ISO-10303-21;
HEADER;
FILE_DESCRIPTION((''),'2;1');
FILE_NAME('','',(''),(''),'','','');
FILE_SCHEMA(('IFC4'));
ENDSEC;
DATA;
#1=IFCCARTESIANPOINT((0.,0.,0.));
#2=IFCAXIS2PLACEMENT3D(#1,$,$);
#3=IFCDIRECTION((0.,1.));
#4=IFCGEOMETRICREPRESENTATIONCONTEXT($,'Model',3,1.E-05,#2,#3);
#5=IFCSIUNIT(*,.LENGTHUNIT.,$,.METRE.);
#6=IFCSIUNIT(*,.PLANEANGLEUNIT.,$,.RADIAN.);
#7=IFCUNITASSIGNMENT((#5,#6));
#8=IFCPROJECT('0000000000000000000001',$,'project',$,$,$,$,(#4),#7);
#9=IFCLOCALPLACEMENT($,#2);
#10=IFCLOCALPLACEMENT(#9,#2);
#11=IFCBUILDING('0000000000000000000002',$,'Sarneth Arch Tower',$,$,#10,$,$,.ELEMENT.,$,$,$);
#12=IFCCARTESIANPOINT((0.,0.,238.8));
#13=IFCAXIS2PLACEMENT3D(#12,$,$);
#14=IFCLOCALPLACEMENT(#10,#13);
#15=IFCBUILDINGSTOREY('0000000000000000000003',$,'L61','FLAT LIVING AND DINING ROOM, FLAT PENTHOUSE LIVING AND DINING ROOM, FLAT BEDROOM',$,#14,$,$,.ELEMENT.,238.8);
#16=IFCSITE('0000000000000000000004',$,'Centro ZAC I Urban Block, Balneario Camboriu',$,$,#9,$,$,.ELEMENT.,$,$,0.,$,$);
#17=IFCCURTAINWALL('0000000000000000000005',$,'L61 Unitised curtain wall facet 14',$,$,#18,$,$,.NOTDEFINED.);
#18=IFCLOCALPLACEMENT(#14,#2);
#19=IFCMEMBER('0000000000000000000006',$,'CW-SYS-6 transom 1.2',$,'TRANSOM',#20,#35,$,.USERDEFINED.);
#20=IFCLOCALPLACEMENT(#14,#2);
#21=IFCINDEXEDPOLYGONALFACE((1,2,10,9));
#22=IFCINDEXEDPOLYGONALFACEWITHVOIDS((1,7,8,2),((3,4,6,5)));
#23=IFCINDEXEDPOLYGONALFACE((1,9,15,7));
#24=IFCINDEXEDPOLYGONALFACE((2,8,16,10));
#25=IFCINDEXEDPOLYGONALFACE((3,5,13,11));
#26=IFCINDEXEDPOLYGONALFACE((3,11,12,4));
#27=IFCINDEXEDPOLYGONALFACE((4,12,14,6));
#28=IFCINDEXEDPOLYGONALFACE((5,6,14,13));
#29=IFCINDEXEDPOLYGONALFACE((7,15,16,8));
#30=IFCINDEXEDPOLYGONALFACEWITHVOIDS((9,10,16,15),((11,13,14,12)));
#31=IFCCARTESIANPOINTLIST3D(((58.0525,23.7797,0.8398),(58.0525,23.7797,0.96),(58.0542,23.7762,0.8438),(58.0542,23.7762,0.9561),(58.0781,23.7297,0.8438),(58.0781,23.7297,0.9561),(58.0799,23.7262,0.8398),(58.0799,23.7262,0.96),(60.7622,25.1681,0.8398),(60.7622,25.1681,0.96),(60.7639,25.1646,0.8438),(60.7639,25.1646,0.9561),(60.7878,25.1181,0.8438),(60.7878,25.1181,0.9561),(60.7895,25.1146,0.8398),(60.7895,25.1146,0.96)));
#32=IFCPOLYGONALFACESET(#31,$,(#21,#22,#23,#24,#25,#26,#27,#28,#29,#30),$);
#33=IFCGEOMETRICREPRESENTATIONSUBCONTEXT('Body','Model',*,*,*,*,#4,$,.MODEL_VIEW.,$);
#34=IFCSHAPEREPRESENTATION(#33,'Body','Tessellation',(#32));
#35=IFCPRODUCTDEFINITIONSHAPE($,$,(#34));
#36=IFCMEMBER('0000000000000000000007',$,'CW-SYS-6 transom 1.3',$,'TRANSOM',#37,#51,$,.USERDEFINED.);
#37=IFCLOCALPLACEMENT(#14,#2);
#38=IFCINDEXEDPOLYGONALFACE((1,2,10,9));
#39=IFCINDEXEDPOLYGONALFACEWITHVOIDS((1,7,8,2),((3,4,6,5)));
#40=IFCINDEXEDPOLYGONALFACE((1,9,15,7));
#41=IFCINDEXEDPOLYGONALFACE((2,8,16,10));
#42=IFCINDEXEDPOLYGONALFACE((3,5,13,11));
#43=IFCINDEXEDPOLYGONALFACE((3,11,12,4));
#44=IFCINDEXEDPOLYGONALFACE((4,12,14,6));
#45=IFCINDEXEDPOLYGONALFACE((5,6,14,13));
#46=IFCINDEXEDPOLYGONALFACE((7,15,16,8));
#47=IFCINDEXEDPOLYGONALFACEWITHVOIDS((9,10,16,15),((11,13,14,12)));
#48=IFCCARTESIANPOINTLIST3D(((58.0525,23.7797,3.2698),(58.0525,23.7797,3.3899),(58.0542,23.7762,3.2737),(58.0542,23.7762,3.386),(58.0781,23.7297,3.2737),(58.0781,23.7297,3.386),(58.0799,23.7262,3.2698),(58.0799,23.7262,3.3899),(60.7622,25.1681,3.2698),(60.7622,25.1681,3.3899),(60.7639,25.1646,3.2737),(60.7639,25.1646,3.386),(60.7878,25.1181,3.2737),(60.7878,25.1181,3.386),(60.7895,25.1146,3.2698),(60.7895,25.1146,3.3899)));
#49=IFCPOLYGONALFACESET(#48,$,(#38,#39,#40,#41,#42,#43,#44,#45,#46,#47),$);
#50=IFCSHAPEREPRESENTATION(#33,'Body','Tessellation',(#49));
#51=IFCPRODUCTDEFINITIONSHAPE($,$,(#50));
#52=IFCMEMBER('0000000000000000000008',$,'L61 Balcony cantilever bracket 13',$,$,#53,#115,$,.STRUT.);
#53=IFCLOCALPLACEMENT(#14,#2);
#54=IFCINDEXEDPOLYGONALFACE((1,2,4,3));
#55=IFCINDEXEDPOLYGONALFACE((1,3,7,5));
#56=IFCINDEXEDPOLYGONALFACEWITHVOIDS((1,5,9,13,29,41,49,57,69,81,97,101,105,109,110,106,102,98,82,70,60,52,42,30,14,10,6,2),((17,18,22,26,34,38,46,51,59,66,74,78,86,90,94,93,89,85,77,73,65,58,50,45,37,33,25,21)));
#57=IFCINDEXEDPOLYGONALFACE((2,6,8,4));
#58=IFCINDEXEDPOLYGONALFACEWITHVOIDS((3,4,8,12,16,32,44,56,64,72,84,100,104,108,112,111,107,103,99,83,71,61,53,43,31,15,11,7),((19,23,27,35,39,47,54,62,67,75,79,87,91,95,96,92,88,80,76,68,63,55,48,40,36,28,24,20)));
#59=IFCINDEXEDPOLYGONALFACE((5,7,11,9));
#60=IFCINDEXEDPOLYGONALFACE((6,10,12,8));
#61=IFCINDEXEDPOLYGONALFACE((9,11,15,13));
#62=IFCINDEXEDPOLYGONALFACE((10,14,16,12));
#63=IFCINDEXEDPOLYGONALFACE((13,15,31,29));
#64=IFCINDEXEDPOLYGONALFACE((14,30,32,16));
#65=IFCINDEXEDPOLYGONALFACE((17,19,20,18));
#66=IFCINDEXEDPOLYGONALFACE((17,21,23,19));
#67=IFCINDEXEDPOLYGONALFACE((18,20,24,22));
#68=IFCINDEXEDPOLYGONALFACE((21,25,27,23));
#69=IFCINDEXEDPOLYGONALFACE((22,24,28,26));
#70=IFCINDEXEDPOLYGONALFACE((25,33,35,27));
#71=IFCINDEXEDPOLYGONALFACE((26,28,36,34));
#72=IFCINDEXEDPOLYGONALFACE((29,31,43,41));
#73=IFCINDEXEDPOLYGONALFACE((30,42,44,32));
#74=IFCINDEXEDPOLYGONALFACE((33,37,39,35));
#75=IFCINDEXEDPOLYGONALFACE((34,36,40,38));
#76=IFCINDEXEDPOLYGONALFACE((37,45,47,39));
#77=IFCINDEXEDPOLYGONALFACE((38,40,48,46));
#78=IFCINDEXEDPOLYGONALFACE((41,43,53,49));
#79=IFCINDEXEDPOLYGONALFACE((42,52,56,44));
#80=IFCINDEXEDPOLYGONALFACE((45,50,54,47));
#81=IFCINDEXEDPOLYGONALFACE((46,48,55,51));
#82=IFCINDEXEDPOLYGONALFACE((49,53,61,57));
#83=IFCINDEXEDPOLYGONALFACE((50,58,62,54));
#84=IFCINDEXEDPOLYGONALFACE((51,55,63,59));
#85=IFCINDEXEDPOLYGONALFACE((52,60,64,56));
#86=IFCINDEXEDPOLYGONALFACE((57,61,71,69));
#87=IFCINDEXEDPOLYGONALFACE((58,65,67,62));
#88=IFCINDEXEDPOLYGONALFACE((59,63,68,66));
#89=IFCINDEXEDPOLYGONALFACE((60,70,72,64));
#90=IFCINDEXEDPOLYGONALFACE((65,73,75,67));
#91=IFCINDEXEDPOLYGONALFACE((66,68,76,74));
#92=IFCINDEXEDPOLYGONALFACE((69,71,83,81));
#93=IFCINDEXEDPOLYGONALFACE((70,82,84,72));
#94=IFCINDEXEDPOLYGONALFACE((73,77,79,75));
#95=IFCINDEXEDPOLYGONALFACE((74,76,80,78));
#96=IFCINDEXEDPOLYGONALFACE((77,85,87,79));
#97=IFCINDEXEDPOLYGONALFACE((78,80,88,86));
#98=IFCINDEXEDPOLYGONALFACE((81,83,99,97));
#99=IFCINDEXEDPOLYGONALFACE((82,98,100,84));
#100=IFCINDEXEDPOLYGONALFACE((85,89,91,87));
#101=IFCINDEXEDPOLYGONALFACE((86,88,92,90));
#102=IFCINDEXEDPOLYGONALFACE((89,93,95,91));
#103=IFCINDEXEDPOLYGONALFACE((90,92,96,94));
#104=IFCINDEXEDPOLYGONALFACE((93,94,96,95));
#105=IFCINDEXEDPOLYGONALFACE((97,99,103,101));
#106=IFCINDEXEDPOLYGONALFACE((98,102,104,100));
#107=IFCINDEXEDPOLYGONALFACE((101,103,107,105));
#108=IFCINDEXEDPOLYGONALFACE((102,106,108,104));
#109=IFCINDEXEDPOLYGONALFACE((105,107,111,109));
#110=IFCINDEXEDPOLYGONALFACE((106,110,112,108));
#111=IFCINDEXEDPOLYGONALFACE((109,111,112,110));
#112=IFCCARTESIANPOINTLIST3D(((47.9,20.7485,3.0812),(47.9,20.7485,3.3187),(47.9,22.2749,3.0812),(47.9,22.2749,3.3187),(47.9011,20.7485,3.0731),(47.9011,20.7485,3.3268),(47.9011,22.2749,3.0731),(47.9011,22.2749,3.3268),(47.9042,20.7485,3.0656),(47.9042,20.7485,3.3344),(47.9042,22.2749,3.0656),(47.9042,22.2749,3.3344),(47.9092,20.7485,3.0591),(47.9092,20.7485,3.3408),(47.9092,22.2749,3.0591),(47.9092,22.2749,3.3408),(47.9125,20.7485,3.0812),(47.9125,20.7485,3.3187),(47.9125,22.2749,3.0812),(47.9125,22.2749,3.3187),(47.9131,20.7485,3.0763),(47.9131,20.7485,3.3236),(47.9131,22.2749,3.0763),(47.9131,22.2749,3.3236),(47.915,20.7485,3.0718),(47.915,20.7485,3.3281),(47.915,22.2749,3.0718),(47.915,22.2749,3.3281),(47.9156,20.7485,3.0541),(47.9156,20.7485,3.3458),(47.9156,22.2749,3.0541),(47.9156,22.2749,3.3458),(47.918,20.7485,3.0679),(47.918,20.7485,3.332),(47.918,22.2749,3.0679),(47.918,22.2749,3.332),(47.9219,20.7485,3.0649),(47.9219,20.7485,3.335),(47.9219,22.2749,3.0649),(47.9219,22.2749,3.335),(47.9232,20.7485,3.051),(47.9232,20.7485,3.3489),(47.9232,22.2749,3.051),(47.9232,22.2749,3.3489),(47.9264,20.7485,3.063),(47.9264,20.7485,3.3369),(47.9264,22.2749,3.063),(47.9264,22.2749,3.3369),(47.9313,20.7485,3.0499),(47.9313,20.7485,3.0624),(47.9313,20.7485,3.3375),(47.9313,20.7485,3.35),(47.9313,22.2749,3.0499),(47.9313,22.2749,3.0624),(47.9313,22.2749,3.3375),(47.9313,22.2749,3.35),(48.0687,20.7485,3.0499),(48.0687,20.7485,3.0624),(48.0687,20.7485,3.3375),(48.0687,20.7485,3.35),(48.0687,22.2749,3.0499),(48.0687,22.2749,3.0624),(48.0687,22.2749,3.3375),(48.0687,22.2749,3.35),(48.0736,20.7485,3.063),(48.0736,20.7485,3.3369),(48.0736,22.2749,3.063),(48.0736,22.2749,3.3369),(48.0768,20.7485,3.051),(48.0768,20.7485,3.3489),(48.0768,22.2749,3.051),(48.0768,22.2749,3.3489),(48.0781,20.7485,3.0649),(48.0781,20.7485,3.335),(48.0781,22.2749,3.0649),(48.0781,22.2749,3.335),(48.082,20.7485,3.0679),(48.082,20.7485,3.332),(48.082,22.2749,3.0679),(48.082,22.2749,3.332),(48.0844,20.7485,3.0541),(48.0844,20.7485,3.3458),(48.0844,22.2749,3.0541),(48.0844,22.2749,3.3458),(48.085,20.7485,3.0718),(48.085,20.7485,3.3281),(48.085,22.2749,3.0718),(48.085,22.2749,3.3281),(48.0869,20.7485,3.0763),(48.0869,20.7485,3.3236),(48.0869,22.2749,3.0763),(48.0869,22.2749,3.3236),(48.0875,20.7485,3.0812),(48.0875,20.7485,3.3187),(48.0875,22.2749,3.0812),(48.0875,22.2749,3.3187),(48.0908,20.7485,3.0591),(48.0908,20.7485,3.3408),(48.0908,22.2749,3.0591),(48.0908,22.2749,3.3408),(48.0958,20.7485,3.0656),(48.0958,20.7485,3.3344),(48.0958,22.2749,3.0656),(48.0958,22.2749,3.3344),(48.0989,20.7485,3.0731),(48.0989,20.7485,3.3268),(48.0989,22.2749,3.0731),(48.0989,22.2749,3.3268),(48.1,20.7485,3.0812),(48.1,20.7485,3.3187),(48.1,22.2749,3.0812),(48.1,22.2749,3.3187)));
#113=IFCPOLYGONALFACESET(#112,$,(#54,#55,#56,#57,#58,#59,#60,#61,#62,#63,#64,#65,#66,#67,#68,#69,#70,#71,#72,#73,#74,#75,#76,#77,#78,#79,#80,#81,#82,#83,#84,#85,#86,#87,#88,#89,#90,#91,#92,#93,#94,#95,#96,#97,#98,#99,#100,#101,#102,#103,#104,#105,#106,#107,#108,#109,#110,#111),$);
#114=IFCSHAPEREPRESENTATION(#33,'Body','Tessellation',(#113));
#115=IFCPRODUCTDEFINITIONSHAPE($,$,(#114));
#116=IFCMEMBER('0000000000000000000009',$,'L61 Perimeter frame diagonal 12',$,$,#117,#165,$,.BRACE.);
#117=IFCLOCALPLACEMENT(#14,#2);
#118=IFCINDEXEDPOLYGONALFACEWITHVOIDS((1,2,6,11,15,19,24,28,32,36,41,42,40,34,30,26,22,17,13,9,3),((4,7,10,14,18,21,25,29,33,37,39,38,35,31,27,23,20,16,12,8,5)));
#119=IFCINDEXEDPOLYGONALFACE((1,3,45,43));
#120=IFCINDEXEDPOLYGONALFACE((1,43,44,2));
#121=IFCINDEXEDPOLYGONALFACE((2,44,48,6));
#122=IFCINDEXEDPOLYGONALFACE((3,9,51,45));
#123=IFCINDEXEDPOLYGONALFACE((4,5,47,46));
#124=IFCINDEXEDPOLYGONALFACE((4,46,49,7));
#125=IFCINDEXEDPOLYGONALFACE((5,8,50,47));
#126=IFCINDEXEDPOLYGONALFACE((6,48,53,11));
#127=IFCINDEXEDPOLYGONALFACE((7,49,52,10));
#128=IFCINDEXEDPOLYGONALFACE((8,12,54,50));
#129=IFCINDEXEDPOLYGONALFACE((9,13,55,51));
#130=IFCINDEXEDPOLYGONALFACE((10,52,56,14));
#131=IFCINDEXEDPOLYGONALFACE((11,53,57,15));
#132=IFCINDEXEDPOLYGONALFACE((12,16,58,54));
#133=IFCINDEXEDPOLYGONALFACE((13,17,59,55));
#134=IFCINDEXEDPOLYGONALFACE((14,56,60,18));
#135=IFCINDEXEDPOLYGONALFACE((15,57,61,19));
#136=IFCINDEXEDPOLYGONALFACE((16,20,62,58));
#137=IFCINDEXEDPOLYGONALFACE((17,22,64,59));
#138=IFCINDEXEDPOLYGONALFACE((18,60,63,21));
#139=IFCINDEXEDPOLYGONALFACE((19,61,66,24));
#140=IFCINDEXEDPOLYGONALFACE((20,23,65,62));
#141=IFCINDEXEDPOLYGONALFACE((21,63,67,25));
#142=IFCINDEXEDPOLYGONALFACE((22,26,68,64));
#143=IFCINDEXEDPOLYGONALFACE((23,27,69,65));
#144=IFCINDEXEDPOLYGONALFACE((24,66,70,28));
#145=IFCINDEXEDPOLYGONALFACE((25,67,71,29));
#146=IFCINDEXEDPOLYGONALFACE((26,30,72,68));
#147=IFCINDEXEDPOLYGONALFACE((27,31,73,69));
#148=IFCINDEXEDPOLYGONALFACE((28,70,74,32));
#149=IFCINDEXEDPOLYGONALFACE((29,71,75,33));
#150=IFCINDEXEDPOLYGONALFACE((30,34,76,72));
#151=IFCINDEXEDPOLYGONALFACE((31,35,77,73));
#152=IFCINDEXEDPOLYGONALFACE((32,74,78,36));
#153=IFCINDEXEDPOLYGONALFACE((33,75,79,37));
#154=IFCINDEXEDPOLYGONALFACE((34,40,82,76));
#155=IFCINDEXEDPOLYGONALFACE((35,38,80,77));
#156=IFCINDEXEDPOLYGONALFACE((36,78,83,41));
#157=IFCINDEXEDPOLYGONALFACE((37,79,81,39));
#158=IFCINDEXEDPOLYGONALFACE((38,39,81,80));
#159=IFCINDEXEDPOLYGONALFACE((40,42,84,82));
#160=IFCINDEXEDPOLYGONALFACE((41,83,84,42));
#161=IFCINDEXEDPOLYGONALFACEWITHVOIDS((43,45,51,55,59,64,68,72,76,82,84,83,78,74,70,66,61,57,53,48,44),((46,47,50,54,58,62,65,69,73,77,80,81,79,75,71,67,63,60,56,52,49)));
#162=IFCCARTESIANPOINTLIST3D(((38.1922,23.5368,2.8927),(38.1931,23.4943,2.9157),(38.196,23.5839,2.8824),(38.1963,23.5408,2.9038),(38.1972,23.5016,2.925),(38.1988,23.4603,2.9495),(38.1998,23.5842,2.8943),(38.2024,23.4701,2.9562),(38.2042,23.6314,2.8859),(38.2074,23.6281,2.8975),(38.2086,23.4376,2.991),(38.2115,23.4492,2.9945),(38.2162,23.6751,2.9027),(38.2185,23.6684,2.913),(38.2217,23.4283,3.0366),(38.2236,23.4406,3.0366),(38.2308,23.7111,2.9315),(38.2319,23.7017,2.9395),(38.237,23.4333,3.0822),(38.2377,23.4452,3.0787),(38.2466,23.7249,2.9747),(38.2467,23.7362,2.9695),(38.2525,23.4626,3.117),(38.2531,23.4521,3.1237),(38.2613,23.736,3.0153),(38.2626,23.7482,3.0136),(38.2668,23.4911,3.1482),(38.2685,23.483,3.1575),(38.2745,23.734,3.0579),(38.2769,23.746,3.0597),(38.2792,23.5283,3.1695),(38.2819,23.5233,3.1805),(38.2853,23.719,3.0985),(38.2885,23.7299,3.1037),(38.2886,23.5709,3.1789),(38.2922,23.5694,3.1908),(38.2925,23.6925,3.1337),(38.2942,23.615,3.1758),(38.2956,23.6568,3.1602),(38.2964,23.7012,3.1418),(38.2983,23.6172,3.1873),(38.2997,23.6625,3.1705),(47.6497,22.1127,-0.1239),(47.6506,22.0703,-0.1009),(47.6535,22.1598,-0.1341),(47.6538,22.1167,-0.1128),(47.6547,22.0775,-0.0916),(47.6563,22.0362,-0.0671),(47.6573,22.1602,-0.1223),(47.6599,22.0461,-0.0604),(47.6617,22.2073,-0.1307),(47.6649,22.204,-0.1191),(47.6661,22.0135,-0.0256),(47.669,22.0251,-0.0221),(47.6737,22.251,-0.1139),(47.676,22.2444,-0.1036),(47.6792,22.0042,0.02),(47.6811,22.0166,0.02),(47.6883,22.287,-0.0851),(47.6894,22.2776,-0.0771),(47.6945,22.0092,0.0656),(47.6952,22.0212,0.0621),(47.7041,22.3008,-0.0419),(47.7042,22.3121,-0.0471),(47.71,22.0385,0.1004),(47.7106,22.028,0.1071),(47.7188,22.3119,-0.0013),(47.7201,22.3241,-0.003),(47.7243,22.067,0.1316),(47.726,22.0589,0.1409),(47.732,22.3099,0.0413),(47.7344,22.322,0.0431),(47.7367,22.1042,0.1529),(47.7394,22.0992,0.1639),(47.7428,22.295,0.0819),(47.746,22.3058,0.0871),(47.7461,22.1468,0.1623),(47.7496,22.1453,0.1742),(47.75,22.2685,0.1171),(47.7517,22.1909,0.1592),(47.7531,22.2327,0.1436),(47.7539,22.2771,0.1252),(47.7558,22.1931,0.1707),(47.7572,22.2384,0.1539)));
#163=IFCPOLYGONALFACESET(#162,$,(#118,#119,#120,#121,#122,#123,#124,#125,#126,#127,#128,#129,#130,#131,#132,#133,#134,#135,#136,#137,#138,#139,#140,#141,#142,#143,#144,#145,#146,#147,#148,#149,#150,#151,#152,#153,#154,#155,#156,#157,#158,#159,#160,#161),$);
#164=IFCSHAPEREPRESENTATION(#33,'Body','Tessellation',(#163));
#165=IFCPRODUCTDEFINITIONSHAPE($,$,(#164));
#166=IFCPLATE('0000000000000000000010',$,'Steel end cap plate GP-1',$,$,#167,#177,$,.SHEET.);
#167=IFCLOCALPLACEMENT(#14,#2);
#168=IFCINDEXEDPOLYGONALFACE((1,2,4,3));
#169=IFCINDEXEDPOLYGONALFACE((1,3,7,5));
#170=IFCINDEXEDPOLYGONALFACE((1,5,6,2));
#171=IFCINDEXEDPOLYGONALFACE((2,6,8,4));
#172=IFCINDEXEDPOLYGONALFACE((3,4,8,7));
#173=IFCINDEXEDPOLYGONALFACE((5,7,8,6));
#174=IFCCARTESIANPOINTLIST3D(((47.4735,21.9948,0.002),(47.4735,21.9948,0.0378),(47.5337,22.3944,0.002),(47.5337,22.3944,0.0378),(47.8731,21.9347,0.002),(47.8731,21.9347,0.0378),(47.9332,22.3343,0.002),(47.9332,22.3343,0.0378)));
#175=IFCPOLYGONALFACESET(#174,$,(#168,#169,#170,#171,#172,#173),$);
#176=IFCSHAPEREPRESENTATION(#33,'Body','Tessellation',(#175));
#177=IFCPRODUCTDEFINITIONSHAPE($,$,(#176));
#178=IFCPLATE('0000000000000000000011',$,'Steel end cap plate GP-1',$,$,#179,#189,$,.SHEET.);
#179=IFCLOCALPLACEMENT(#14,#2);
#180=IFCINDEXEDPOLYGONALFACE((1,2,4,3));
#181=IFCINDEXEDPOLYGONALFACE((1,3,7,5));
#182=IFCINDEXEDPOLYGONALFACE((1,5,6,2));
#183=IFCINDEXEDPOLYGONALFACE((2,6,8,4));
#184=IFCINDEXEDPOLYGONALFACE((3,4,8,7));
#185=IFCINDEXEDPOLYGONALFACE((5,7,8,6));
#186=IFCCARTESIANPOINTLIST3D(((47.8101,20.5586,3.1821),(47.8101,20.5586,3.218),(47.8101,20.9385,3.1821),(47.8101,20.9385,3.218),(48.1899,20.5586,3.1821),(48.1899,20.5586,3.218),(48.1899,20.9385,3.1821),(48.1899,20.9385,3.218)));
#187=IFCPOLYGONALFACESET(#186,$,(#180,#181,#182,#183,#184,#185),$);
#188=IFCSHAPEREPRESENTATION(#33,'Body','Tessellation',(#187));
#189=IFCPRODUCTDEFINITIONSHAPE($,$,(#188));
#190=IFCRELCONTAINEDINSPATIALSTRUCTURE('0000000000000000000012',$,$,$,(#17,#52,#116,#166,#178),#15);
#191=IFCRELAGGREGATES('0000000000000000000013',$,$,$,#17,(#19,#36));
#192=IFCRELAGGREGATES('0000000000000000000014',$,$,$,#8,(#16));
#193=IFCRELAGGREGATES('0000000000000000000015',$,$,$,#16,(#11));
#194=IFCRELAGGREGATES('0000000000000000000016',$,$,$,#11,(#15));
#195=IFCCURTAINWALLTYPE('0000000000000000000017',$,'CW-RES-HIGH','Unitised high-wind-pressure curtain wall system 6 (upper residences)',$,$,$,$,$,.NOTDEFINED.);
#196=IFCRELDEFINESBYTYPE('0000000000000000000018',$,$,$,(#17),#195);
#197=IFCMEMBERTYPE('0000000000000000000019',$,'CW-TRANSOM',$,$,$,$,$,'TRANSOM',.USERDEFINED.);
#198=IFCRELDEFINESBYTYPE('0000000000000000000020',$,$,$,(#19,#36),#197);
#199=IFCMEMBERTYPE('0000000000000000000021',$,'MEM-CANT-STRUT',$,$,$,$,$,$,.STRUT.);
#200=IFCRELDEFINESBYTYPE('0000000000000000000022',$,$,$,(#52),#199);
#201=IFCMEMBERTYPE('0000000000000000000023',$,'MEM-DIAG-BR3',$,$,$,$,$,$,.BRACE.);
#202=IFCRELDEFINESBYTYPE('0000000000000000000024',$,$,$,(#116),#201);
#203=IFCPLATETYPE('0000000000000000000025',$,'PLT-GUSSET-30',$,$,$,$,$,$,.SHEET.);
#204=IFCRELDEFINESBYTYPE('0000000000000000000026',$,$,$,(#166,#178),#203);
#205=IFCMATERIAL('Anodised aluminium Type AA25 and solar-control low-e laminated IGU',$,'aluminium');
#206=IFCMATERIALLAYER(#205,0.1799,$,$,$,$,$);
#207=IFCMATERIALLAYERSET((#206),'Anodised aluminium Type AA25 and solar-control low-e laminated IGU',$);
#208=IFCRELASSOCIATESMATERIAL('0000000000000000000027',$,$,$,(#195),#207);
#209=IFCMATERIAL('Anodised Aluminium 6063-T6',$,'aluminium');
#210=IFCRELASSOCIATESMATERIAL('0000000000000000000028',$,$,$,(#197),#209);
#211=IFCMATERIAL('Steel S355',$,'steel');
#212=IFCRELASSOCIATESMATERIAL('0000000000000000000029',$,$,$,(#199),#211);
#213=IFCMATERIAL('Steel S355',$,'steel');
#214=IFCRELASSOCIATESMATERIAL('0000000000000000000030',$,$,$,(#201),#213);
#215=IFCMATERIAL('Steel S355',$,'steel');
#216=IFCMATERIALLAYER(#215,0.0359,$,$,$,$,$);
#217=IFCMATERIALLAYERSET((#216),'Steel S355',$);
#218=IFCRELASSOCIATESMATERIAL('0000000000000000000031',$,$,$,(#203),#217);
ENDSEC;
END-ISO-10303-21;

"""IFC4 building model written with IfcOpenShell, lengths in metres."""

from ifc_helpers import new_model, si_unit, direction, frame, origin, origin_2d, place, context, subcontext, project, spatial, rectangle, hollow_rectangle, hollow_circle, extrude, material, layer, layer_set, material_profile, profile_set, type_object, element, aggregate, save


model = new_model("IFC4")

# Units and contexts
model_context = context("Model", 3, precision=1e-05, world=origin(), true_north=direction((0.0, 1.0)))
body_context = subcontext(model_context, "Body", "Model", "MODEL_VIEW")
ifc_project = project(units=[si_unit("LENGTHUNIT", "METRE"), si_unit("PLANEANGLEUNIT", "RADIAN")], contexts=[model_context])

# Site, building, storey
site_placement = place(None, origin())
site = spatial("IfcSite", under=ifc_project, at=site_placement, Name="Centro ZAC I Urban Block, Balneario Camboriu", CompositionType="ELEMENT", RefElevation=0.0)
building_placement = place(site_placement, origin())
building = spatial("IfcBuilding", under=site, at=building_placement, Name="Sarneth Arch Tower", CompositionType="ELEMENT")
storey_placement = place(building_placement, frame((0.0, 0.0, 238.8)))
storey = spatial("IfcBuildingStorey", under=building, at=storey_placement, Name="L61", Description="FLAT LIVING AND DINING ROOM, FLAT PENTHOUSE LIVING AND DINING ROOM, FLAT BEDROOM", CompositionType="ELEMENT", Elevation=238.8)

# Curtain wall, members
ifc_material_1 = material(Name="Anodised aluminium Type AA25 and solar-control low-e laminated IGU", Category="aluminium")
ifc_layer_1 = layer(ifc_material_1, 0.1799)
ifc_layer_set_1 = layer_set([ifc_layer_1], Name="Anodised aluminium Type AA25 and solar-control low-e laminated IGU")
curtain_wall_type = type_object("IfcCurtainWallType", Name="CW-RES-HIGH", Description="Unitised high-wind-pressure curtain wall system 6 (upper residences)", PredefinedType="NOTDEFINED", material=ifc_layer_set_1)
curtain_wall_placement = place(storey_placement, origin())
curtain_wall = element("IfcCurtainWall", 1, at=curtain_wall_placement, inside=storey, type_object=curtain_wall_type, Name="L61 Unitised curtain wall facet 14", PredefinedType="NOTDEFINED")
ifc_material_2 = material(Name="Anodised Aluminium 6063-T6", Category="aluminium")
ifc_material_profile_1 = material_profile(ifc_material_2, hollow_rectangle(XDim=0.0601, YDim=0.1201, WallThickness=0.0039, at=origin_2d()), Name="AL-TRAN-120x60x4")
ifc_profile_set_1 = profile_set([ifc_material_profile_1], Name="Anodised Aluminium 6063-T6")
member_type_1 = type_object("IfcMemberType", Name="CW-TRANSOM", ElementType="TRANSOM", PredefinedType="USERDEFINED", material=ifc_profile_set_1)
member_1_placement = place(storey_placement, frame((58.0662, 23.7529, 0.8999), z_axis=(0.889974, 0.456012, 0.0), x_axis=(-0.456012, 0.889974, 0.0)))
member_1 = element("IfcMember", 2, at=member_1_placement, type_object=member_type_1, Name="CW-SYS-6 transom 1.2", ObjectType="TRANSOM", PredefinedType="USERDEFINED", context=body_context, shape_type="SweptSolid", body=[
    extrude(hollow_rectangle(XDim=0.0601, YDim=0.1201, WallThickness=0.0039, at=origin_2d()), origin(), (0.0, 0.0, 1.0), 3.0447),
])
member_2_placement = place(storey_placement, frame((58.0662, 23.7529, 3.3298), z_axis=(0.889974, 0.456012, 0.0), x_axis=(-0.456012, 0.889974, 0.0)))
member_2 = element("IfcMember", 3, at=member_2_placement, type_object=member_type_1, Name="CW-SYS-6 transom 1.3", ObjectType="TRANSOM", PredefinedType="USERDEFINED", context=body_context, shape_type="SweptSolid", body=[
    extrude(hollow_rectangle(XDim=0.0601, YDim=0.1201, WallThickness=0.0039, at=origin_2d()), origin(), (0.0, 0.0, 1.0), 3.0447),
])
aggregate(curtain_wall, [member_1, member_2])

# Members
ifc_material_3 = material(Name="Steel S355", Category="steel")
ifc_material_profile_2 = material_profile(ifc_material_3, hollow_rectangle(XDim=0.2, YDim=0.3, WallThickness=0.0125, InnerFilletRadius=0.0188, OuterFilletRadius=0.0312, at=origin_2d()), Name="RHS300x200x12.5")
ifc_profile_set_2 = profile_set([ifc_material_profile_2], Name="Steel S355")
member_type_2 = type_object("IfcMemberType", Name="MEM-CANT-STRUT", PredefinedType="STRUT", material=ifc_profile_set_2)
member_3_placement = place(storey_placement, frame((48.0, 22.2749, 3.2), z_axis=(0.0, -1.0, 0.0), x_axis=(1.0, 0.0, 0.0)))
element("IfcMember", 4, at=member_3_placement, inside=storey, type_object=member_type_2, Name="L61 Balcony cantilever bracket 13", PredefinedType="STRUT", context=body_context, shape_type="SweptSolid", body=[
    extrude(hollow_rectangle(XDim=0.2, YDim=0.3, WallThickness=0.0125, InnerFilletRadius=0.0188, OuterFilletRadius=0.0312, at=origin_2d()), origin(), (0.0, 0.0, 1.0), 1.5264),
])
ifc_material_4 = material(Name="Steel S355", Category="steel")
ifc_material_profile_3 = material_profile(ifc_material_4, hollow_circle(Radius=0.1621, WallThickness=0.0125, at=origin_2d()), Name="CHS324x12.5")
ifc_profile_set_3 = profile_set([ifc_material_profile_3], Name="Steel S355")
member_type_3 = type_object("IfcMemberType", Name="MEM-DIAG-BR3", PredefinedType="BRACE", material=ifc_profile_set_3)
member_4_placement = place(storey_placement, frame((47.7034, 22.1646, 0.02), z_axis=(-0.943056, 0.142001, 0.3008), x_axis=(-0.148897, -0.988853, 0.0)))
element("IfcMember", 5, at=member_4_placement, inside=storey, type_object=member_type_3, Name="L61 Perimeter frame diagonal 12", PredefinedType="BRACE", context=body_context, shape_type="SweptSolid", body=[
    extrude(hollow_circle(Radius=0.1621, WallThickness=0.0125, at=origin_2d()), origin(), (0.0, 0.0, 1.0), 10.0286),
])

# Plates
ifc_material_5 = material(Name="Steel S355", Category="steel")
ifc_layer_2 = layer(ifc_material_5, 0.0359)
ifc_layer_set_2 = layer_set([ifc_layer_2], Name="Steel S355")
plate_type = type_object("IfcPlateType", Name="PLT-GUSSET-30", PredefinedType="SHEET", material=ifc_layer_set_2)
plate_1_placement = place(storey_placement, frame((47.7034, 22.1646, 0.002), z_axis=(0.0, 0.0, 1.0), x_axis=(0.988861, -0.148845, 0.0)))
element("IfcPlate", 6, at=plate_1_placement, inside=storey, type_object=plate_type, Name="Steel end cap plate GP-1", PredefinedType="SHEET", context=body_context, shape_type="SweptSolid", body=[
    extrude(rectangle(XDim=0.4041, YDim=0.4041, at=origin_2d()), origin(), (0.0, 0.0, 1.0), 0.0359),
])
plate_2_placement = place(storey_placement, frame((48.0, 20.7485, 3.1821), z_axis=(0.0, 0.0, 1.0), x_axis=(0.0, -1.0, 0.0)))
element("IfcPlate", 7, at=plate_2_placement, inside=storey, type_object=plate_type, Name="Steel end cap plate GP-1", PredefinedType="SHEET", context=body_context, shape_type="SweptSolid", body=[
    extrude(rectangle(XDim=0.3799, YDim=0.3799, at=origin_2d()), origin(), (0.0, 0.0, 1.0), 0.0359),
])

save(model, "model.ifc")
